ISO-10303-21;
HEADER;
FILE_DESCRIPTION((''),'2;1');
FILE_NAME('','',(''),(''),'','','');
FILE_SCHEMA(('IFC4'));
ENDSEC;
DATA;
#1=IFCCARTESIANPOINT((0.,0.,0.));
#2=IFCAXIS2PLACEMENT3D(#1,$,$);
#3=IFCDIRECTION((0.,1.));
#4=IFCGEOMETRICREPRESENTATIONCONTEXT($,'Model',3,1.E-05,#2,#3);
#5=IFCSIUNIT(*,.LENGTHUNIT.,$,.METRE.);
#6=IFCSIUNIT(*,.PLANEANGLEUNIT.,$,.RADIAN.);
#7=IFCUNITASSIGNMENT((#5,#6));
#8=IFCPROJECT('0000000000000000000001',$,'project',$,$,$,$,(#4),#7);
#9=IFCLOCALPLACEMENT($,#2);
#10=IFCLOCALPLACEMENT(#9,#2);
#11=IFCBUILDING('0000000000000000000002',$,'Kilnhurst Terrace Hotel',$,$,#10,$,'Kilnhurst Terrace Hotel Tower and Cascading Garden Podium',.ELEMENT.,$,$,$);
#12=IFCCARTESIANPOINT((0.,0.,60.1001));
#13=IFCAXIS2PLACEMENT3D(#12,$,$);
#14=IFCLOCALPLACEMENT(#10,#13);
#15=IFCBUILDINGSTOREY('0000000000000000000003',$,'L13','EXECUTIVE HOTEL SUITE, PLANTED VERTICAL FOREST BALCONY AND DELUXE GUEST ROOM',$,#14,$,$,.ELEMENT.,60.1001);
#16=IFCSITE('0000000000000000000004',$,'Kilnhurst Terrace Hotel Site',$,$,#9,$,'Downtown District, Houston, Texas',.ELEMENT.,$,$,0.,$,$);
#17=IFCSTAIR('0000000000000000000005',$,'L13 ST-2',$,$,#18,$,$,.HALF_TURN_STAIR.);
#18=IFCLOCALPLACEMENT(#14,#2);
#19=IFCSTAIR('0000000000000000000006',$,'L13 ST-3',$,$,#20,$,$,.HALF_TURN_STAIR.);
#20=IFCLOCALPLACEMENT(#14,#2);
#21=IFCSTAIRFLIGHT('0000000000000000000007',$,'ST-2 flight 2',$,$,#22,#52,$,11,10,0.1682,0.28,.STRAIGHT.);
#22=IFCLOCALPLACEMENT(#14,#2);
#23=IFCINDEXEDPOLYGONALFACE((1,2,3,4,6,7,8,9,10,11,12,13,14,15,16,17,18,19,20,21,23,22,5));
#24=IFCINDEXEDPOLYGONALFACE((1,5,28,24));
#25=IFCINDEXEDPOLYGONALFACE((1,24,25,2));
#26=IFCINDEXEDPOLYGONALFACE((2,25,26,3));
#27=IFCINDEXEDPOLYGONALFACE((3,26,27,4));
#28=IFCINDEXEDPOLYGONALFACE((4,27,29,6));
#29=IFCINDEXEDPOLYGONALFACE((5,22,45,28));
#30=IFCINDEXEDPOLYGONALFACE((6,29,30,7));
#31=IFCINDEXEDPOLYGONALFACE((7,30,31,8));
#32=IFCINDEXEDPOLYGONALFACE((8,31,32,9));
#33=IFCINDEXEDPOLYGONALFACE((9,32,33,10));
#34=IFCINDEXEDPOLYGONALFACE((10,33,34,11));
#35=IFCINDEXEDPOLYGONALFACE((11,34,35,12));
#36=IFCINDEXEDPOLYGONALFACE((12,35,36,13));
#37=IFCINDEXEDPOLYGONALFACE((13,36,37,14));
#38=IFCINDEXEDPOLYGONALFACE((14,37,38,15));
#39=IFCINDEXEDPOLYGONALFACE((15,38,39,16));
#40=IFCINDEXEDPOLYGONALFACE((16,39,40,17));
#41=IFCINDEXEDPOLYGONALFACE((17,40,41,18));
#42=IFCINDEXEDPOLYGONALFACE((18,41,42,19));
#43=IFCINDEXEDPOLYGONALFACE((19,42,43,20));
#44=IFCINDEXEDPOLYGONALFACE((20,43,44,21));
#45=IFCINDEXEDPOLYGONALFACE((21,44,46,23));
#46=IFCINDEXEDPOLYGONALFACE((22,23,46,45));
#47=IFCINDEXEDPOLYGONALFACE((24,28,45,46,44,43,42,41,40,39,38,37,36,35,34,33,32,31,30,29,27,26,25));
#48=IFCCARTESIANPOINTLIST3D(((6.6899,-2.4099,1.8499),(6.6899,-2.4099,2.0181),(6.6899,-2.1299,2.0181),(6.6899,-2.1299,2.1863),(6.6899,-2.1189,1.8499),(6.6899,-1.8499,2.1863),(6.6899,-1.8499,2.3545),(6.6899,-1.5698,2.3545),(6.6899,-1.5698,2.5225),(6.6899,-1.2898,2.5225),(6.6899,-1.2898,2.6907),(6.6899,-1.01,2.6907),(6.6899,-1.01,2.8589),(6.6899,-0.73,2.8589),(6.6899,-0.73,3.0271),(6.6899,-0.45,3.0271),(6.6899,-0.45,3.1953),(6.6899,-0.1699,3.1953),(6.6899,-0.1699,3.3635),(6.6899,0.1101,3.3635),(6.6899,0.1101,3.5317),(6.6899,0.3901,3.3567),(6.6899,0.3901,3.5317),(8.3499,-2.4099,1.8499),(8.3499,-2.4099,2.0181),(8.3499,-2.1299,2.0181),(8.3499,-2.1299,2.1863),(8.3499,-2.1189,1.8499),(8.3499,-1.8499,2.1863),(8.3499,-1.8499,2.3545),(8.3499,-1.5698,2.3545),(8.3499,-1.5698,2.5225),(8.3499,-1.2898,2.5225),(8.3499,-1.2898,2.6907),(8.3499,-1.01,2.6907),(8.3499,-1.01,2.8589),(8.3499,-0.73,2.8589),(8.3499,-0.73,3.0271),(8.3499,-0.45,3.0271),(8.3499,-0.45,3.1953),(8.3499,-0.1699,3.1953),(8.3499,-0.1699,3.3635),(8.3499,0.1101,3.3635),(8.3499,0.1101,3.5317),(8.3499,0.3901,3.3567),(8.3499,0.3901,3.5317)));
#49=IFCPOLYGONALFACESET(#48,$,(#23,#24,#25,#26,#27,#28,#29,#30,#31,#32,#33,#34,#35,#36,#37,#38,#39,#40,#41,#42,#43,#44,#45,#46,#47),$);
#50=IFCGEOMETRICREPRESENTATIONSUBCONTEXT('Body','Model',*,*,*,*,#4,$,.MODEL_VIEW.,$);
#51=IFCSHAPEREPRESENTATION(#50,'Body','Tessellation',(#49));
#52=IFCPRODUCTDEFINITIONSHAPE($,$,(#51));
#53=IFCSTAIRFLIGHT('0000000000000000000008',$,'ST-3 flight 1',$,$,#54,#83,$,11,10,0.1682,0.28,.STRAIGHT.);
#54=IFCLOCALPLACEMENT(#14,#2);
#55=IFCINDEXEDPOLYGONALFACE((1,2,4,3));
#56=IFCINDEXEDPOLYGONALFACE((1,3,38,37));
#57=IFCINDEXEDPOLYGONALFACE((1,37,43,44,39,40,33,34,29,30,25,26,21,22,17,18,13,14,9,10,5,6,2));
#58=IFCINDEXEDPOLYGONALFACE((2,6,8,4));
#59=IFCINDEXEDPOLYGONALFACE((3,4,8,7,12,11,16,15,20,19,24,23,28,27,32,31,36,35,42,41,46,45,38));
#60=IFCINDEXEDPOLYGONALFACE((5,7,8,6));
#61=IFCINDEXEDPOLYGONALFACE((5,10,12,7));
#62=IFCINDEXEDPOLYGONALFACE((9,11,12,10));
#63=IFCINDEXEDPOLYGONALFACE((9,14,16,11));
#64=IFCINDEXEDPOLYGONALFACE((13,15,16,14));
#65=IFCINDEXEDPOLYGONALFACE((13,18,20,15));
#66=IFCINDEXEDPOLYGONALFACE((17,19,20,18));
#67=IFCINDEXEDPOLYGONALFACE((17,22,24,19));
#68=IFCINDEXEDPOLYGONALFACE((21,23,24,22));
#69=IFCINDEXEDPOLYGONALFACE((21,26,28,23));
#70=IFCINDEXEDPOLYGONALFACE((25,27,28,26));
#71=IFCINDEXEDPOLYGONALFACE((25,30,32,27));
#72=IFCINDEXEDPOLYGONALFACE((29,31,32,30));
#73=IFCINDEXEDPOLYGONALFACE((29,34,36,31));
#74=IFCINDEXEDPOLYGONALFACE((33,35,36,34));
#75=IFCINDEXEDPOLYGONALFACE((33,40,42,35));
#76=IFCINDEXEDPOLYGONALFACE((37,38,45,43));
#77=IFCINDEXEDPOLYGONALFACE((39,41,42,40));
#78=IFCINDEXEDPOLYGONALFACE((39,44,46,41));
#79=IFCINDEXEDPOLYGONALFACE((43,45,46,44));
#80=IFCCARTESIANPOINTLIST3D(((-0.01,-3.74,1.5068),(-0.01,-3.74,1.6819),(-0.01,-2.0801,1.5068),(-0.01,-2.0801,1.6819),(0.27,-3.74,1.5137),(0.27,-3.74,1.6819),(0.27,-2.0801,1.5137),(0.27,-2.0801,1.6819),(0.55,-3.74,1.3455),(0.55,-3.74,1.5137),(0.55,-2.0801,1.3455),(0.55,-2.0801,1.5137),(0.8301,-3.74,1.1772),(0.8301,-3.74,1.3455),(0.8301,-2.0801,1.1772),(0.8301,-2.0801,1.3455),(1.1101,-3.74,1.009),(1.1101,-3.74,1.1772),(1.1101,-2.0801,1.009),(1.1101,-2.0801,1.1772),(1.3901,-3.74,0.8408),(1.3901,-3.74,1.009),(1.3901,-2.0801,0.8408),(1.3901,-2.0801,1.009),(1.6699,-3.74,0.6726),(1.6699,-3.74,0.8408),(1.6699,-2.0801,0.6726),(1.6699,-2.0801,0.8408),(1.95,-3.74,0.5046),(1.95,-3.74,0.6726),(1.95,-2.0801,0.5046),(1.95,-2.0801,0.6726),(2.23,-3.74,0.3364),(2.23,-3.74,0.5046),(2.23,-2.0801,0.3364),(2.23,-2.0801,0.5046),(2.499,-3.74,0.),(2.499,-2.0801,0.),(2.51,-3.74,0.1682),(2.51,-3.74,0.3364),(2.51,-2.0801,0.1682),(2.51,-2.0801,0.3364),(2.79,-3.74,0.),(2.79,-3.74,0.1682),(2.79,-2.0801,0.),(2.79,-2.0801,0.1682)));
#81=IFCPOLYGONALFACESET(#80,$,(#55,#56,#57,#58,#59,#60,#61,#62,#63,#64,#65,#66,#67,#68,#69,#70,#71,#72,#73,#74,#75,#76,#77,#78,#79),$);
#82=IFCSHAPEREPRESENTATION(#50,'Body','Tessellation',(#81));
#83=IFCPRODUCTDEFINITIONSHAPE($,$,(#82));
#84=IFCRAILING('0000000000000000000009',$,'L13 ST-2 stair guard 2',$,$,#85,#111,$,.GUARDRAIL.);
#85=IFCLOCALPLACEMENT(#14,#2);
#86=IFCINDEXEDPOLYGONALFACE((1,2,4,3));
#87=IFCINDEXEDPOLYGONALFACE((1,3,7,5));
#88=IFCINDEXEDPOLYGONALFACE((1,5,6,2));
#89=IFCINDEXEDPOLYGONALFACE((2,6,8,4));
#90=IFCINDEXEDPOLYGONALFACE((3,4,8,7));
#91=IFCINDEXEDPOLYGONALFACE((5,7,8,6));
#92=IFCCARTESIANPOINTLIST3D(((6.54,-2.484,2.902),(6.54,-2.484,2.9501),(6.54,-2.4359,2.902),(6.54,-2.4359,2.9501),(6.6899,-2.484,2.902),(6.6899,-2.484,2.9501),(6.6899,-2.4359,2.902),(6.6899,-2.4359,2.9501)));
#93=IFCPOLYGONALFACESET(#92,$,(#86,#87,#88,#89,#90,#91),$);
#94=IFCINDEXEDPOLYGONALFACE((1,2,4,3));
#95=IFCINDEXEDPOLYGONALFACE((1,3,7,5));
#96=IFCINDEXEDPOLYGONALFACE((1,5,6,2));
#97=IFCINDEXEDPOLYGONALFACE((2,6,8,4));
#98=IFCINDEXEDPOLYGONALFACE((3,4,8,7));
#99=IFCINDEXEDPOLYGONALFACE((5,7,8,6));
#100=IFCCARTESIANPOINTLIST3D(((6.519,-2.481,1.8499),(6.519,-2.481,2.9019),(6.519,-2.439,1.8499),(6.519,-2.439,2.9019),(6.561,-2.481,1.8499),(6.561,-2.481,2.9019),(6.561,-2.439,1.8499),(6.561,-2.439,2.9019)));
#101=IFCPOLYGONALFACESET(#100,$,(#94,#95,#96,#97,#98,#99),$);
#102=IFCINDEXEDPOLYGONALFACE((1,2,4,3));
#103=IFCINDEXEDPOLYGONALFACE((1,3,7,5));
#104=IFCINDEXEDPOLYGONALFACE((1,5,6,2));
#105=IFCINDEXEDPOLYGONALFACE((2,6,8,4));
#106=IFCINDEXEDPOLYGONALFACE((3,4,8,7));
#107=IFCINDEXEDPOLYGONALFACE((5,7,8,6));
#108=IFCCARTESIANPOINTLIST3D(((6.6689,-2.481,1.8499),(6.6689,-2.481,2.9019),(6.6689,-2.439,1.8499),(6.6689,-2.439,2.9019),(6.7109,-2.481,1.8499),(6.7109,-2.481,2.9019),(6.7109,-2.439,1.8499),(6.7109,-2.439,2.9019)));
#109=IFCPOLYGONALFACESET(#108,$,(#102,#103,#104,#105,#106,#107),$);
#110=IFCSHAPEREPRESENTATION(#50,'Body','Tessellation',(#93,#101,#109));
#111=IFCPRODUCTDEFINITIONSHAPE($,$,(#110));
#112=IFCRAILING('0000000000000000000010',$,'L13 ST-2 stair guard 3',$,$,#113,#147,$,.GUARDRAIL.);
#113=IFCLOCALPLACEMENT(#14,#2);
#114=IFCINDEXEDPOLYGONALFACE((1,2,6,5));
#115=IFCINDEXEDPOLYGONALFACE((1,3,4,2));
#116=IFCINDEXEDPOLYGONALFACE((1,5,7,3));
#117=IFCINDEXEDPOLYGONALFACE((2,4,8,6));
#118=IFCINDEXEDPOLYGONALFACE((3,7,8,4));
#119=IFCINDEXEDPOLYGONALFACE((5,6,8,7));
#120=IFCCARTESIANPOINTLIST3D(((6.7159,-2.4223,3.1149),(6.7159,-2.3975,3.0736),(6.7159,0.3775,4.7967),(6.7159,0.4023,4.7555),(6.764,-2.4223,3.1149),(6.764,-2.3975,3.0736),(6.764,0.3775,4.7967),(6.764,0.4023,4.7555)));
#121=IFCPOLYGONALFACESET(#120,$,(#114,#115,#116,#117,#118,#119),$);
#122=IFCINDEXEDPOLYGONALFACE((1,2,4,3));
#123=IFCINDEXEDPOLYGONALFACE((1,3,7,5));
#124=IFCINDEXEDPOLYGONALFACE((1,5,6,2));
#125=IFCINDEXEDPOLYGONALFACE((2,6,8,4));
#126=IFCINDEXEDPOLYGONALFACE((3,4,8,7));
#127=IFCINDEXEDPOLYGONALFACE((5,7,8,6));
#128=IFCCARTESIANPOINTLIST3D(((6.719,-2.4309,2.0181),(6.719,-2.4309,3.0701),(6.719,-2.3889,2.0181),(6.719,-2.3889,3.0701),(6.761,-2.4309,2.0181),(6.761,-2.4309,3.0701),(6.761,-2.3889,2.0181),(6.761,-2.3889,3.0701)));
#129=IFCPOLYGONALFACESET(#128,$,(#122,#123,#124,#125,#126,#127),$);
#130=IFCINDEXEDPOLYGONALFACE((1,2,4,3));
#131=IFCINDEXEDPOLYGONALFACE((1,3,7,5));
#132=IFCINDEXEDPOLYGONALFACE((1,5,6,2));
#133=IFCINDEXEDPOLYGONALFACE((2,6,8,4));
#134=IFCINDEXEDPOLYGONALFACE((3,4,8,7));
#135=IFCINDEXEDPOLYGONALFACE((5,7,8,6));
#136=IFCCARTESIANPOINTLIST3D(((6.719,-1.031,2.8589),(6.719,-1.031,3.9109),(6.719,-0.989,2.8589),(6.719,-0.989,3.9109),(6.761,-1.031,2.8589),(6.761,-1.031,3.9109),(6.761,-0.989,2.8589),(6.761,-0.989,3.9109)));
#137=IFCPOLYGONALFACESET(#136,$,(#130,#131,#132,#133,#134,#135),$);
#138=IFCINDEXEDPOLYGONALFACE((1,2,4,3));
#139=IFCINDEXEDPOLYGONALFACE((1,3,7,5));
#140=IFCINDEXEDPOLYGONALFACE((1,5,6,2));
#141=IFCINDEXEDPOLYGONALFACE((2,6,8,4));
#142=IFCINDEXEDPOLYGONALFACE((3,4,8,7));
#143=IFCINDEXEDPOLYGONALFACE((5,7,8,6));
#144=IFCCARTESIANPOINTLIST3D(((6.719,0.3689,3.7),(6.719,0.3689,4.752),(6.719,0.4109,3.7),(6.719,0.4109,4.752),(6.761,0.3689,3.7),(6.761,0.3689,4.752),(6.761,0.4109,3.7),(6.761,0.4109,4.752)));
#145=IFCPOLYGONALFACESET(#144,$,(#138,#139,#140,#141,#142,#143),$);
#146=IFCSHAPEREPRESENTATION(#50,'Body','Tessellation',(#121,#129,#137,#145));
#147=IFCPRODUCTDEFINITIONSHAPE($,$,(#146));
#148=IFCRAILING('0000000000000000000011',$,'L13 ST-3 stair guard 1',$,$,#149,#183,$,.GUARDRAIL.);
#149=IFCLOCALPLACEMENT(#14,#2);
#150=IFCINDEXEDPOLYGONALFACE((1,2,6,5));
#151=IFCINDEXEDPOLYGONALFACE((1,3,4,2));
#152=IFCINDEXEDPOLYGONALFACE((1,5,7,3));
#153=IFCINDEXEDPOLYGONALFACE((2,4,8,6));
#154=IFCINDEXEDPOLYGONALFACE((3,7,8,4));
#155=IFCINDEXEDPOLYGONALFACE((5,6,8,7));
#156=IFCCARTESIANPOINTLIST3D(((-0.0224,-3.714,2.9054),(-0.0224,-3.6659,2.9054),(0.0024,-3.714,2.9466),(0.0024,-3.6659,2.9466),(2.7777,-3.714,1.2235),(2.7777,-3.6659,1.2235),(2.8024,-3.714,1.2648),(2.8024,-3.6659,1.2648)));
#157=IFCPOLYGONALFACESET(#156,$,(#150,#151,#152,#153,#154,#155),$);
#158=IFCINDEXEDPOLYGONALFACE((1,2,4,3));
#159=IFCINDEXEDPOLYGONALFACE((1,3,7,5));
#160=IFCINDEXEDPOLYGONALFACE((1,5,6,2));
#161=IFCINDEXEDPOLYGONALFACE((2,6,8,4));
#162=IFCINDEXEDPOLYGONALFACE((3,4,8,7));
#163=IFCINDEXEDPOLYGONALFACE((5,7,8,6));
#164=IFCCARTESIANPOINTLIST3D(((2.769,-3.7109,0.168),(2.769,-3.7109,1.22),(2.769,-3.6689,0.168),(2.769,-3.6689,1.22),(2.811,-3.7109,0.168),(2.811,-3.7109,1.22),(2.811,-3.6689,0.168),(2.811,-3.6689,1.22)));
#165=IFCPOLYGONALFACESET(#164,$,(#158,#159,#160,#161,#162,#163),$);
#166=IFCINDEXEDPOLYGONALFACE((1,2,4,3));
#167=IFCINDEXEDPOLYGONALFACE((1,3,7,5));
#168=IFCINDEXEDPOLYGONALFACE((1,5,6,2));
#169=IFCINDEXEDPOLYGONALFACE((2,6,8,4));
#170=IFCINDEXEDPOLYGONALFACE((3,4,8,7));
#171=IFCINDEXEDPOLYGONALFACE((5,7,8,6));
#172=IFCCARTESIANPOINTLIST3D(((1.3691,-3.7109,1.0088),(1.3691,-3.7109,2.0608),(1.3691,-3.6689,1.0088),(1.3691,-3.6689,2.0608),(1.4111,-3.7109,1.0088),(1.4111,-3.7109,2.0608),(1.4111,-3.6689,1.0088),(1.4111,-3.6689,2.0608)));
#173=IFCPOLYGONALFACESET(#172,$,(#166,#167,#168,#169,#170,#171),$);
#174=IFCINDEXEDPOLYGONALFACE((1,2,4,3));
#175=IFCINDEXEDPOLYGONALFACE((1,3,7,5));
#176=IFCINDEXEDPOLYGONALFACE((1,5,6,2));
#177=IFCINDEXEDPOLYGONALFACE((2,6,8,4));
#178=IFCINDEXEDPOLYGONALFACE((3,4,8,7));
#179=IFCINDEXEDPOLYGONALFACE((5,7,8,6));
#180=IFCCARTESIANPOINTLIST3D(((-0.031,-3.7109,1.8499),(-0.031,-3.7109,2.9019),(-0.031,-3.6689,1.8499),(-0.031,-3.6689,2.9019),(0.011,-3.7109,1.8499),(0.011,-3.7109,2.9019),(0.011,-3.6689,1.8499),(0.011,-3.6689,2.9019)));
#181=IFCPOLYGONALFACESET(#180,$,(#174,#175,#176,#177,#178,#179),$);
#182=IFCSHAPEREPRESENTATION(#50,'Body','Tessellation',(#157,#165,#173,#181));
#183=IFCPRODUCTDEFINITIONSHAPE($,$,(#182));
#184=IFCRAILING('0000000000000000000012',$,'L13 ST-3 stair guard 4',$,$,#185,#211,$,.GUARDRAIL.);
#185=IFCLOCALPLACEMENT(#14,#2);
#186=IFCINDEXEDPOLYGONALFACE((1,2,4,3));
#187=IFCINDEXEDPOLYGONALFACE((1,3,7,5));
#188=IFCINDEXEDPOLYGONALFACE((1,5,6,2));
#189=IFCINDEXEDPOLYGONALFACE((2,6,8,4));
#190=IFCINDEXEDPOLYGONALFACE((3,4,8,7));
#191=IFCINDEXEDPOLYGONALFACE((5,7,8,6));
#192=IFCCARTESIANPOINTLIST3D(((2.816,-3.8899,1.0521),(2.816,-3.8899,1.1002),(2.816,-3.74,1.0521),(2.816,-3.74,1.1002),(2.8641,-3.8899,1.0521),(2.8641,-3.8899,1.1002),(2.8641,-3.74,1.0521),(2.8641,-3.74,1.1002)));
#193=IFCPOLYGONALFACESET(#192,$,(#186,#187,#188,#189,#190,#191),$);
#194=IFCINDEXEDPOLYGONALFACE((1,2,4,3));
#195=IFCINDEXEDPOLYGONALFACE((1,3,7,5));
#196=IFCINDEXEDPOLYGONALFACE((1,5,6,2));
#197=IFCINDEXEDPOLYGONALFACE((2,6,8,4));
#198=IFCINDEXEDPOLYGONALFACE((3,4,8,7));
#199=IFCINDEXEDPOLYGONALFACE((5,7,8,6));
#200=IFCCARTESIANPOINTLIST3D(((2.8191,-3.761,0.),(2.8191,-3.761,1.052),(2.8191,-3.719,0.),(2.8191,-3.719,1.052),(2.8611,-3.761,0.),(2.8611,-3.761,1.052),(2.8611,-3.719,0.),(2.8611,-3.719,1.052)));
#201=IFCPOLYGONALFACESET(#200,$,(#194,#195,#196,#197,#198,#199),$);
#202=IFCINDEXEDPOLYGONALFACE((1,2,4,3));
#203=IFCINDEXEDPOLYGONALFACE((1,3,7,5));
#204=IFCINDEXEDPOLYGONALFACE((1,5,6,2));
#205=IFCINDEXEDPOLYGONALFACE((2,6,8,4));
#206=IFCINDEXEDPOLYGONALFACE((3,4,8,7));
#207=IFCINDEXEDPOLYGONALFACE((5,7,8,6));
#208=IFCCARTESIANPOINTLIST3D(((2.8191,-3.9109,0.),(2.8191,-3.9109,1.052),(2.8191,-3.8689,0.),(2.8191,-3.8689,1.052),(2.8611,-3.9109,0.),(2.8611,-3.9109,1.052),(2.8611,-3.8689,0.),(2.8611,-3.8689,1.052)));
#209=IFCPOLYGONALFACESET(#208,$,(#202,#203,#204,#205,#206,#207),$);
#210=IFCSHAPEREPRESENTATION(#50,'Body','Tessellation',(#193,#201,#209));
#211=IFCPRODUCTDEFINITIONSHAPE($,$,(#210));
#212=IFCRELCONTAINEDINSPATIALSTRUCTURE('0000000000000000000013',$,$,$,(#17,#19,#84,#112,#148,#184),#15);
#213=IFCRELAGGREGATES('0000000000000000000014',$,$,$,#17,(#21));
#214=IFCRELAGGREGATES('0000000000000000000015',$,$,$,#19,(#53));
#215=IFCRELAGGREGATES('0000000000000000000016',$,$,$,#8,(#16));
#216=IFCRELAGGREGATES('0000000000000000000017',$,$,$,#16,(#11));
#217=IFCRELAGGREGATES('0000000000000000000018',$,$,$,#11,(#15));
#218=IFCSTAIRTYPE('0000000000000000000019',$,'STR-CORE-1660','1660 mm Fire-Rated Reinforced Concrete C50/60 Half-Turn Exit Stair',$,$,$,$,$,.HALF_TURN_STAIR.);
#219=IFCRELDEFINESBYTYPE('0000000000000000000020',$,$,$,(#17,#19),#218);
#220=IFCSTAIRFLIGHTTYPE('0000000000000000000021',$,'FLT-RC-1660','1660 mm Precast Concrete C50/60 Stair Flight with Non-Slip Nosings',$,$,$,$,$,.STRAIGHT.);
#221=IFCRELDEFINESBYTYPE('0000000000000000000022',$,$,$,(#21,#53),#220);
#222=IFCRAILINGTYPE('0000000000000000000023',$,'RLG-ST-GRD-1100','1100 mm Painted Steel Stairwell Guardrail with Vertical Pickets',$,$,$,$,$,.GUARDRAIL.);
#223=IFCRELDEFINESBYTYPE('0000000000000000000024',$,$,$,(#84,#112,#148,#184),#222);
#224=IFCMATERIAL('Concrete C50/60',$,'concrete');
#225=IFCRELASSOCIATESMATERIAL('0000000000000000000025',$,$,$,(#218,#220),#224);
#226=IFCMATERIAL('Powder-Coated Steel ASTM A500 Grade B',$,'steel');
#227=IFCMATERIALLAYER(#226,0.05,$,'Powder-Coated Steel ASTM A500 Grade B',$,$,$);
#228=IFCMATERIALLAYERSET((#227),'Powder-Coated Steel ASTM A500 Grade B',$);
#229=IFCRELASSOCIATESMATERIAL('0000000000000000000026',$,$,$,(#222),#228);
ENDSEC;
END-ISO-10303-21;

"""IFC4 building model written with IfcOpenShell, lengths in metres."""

from ifc_helpers import new_model, si_unit, direction, frame, origin, origin_2d, place, context, subcontext, project, spatial, polyline, rectangle, outline, extrude, material, layer, layer_set, type_object, element, aggregate, save


model = new_model("IFC4")

# Units and contexts
model_context = context("Model", 3, precision=1e-05, world=origin(), true_north=direction((0.0, 1.0)))
body_context = subcontext(model_context, "Body", "Model", "MODEL_VIEW")
ifc_project = project(units=[si_unit("LENGTHUNIT", "METRE"), si_unit("PLANEANGLEUNIT", "RADIAN")], contexts=[model_context])

# Site, building, storey
site_placement = place(None, origin())
site = spatial("IfcSite", under=ifc_project, at=site_placement, Name="Kilnhurst Terrace Hotel Site", LongName="Downtown District, Houston, Texas", CompositionType="ELEMENT", RefElevation=0.0)
building_placement = place(site_placement, origin())
building = spatial("IfcBuilding", under=site, at=building_placement, Name="Kilnhurst Terrace Hotel", LongName="Kilnhurst Terrace Hotel Tower and Cascading Garden Podium", CompositionType="ELEMENT")
storey_placement = place(building_placement, frame((0.0, 0.0, 60.1001)))
storey = spatial("IfcBuildingStorey", under=building, at=storey_placement, Name="L13", Description="EXECUTIVE HOTEL SUITE, PLANTED VERTICAL FOREST BALCONY AND DELUXE GUEST ROOM", CompositionType="ELEMENT", Elevation=60.1001)

# Shared definitions
ifc_material_1 = material(Name="Concrete C50/60", Category="concrete")

# Stairs
stair_type = type_object("IfcStairType", Name="STR-CORE-1660", Description="1660 mm Fire-Rated Reinforced Concrete C50/60 Half-Turn Exit Stair", PredefinedType="HALF_TURN_STAIR", material=ifc_material_1)
stair_1_placement = place(storey_placement, origin())
stair_1 = element("IfcStair", 1, at=stair_1_placement, inside=storey, type_object=stair_type, Name="L13 ST-2", PredefinedType="HALF_TURN_STAIR")
stair_2_placement = place(storey_placement, origin())
stair_2 = element("IfcStair", 2, at=stair_2_placement, inside=storey, type_object=stair_type, Name="L13 ST-3", PredefinedType="HALF_TURN_STAIR")

# Stair flights
stair_flight_type = type_object("IfcStairFlightType", Name="FLT-RC-1660", Description="1660 mm Precast Concrete C50/60 Stair Flight with Non-Slip Nosings", PredefinedType="STRAIGHT", material=ifc_material_1)
stair_flight_1_placement = place(storey_placement, frame((7.52, -2.4099, 1.8499), z_axis=(0.0, 0.0, 1.0), x_axis=(0.0, 1.0, 0.0)))
stair_flight_1 = element("IfcStairFlight", 3, at=stair_flight_1_placement, type_object=stair_flight_type, Name="ST-2 flight 2", NumberOfRisers=11, NumberOfTreads=10, PredefinedType="STRAIGHT", RiserHeight=0.1682, TreadLength=0.28, context=body_context, shape_type="SweptSolid", body=[
    extrude(outline(polyline([(0.0, 0.0), (0.0, 0.1682), (0.28, 0.1682), (0.28, 0.3364), (0.5601, 0.3364), (0.5601, 0.5046), (0.8401, 0.5046), (0.8401, 0.6726), (1.1201, 0.6726), (1.1201, 0.8408), (1.3999, 0.8408), (1.3999, 1.009), (1.6799, 1.009), (1.6799, 1.1772), (1.96, 1.1772), (1.96, 1.3455), (2.24, 1.3455), (2.24, 1.5137), (2.52, 1.5137), (2.52, 1.6819), (2.8, 1.6819), (2.8, 1.8501), (2.8, 1.5068), (0.291, 0.0), (0.0, 0.0)])), frame((0.0, 0.8301, 0.0), z_axis=(0.0, -1.0, 0.0), x_axis=(1.0, 0.0, 0.0)), (0.0, 0.0, 1.0), 1.6599),
])
aggregate(stair_1, [stair_flight_1])
stair_flight_2_placement = place(storey_placement, frame((2.79, -2.9099, 0.0), z_axis=(0.0, 0.0, 1.0), x_axis=(-1.0, 0.0, 0.0)))
stair_flight_2 = element("IfcStairFlight", 4, at=stair_flight_2_placement, type_object=stair_flight_type, Name="ST-3 flight 1", NumberOfRisers=11, NumberOfTreads=10, PredefinedType="STRAIGHT", RiserHeight=0.1682, TreadLength=0.28, context=body_context, shape_type="SweptSolid", body=[
    extrude(outline(polyline([(0.0, 0.0), (0.0, 0.1682), (0.28, 0.1682), (0.28, 0.3364), (0.5601, 0.3364), (0.5601, 0.5046), (0.8401, 0.5046), (0.8401, 0.6726), (1.1201, 0.6726), (1.1201, 0.8408), (1.3999, 0.8408), (1.3999, 1.009), (1.6799, 1.009), (1.6799, 1.1772), (1.96, 1.1772), (1.96, 1.3455), (2.24, 1.3455), (2.24, 1.5137), (2.52, 1.5137), (2.52, 1.6819), (2.8, 1.6819), (2.8, 1.8501), (2.8, 1.5068), (0.291, 0.0), (0.0, 0.0)])), frame((0.0, 0.8301, 0.0), z_axis=(0.0, -1.0, 0.0), x_axis=(1.0, 0.0, 0.0)), (0.0, 0.0, 1.0), 1.6599),
])
aggregate(stair_2, [stair_flight_2])

# Railings
ifc_material_2 = material(Name="Powder-Coated Steel ASTM A500 Grade B", Category="steel")
ifc_layer_1 = layer(ifc_material_2, 0.05, Name="Powder-Coated Steel ASTM A500 Grade B")
ifc_layer_set_1 = layer_set([ifc_layer_1], Name="Powder-Coated Steel ASTM A500 Grade B")
railing_type_1 = type_object("IfcRailingType", Name="RLG-ST-GRD-1100", Description="1100 mm Painted Steel Stairwell Guardrail with Vertical Pickets", PredefinedType="GUARDRAIL", material=ifc_layer_set_1)
railing_1_placement = place(storey_placement, frame((6.54, -2.46, 1.8499)))
element("IfcRailing", 5, at=railing_1_placement, inside=storey, type_object=railing_type_1, Name="L13 ST-2 stair guard 2", PredefinedType="GUARDRAIL", context=body_context, shape_type="SweptSolid", body=[
    extrude(rectangle(XDim=0.0481, YDim=0.0481, at=origin_2d()), frame((0.0, 0.0, 1.0762), z_axis=(1.0, 0.0, 0.0), x_axis=(0.0, 1.0, 0.0)), (0.0, 0.0, 1.0), 0.1499),
    extrude(rectangle(XDim=0.042, YDim=0.042, at=origin_2d()), origin(), (0.0, 0.0, 1.0), 1.052),
    extrude(rectangle(XDim=0.042, YDim=0.042, at=origin_2d()), frame((0.1499, 0.0, 0.0)), (0.0, 0.0, 1.0), 1.052),
])
railing_2_placement = place(storey_placement, frame((6.74, -2.4099, 2.0181)))
element("IfcRailing", 6, at=railing_2_placement, inside=storey, type_object=railing_type_1, Name="L13 ST-2 stair guard 3", PredefinedType="GUARDRAIL", context=body_context, shape_type="SweptSolid", body=[
    extrude(rectangle(XDim=0.0481, YDim=0.0481, at=origin_2d()), frame((0.0, 0.0, 1.0762), z_axis=(0.0, 0.857222, 0.514946), x_axis=(-1.0, 0.0, 0.0)), (0.0, 0.0, 1.0), 3.2661),
    extrude(rectangle(XDim=0.042, YDim=0.042, at=origin_2d()), origin(), (0.0, 0.0, 1.0), 1.052),
    extrude(rectangle(XDim=0.042, YDim=0.042, at=origin_2d()), frame((0.0, 1.3999, 0.8408)), (0.0, 0.0, 1.0), 1.052),
    extrude(rectangle(XDim=0.042, YDim=0.042, at=origin_2d()), frame((0.0, 2.7998, 1.6819)), (0.0, 0.0, 1.0), 1.052),
])
railing_3_placement = place(storey_placement, frame((2.79, -3.6899, 0.168)))
element("IfcRailing", 7, at=railing_3_placement, inside=storey, type_object=railing_type_1, Name="L13 ST-3 stair guard 1", PredefinedType="GUARDRAIL", context=body_context, shape_type="SweptSolid", body=[
    extrude(rectangle(XDim=0.0481, YDim=0.0481, at=origin_2d()), frame((0.0, 0.0, 1.0762), z_axis=(-0.857242, 0.0, 0.514913), x_axis=(0.0, -1.0, 0.0)), (0.0, 0.0, 1.0), 3.2664),
    extrude(rectangle(XDim=0.042, YDim=0.042, at=origin_2d()), origin(), (0.0, 0.0, 1.0), 1.052),
    extrude(rectangle(XDim=0.042, YDim=0.042, at=origin_2d()), frame((-1.3999, 0.0, 0.8408)), (0.0, 0.0, 1.0), 1.052),
    extrude(rectangle(XDim=0.042, YDim=0.042, at=origin_2d()), frame((-2.8, 0.0, 1.6819)), (0.0, 0.0, 1.0), 1.052),
])
railing_4_placement = place(storey_placement, frame((2.8401, -3.74, 0.0)))
element("IfcRailing", 8, at=railing_4_placement, inside=storey, type_object=railing_type_1, Name="L13 ST-3 stair guard 4", PredefinedType="GUARDRAIL", context=body_context, shape_type="SweptSolid", body=[
    extrude(rectangle(XDim=0.0481, YDim=0.0481, at=origin_2d()), frame((0.0, 0.0, 1.0762), z_axis=(0.0, -1.0, 0.0), x_axis=(1.0, 0.0, 0.0)), (0.0, 0.0, 1.0), 0.1499),
    extrude(rectangle(XDim=0.042, YDim=0.042, at=origin_2d()), origin(), (0.0, 0.0, 1.0), 1.052),
    extrude(rectangle(XDim=0.042, YDim=0.042, at=origin_2d()), frame((0.0, -0.1499, 0.0)), (0.0, 0.0, 1.0), 1.052),
])

save(model, "model.ifc")
